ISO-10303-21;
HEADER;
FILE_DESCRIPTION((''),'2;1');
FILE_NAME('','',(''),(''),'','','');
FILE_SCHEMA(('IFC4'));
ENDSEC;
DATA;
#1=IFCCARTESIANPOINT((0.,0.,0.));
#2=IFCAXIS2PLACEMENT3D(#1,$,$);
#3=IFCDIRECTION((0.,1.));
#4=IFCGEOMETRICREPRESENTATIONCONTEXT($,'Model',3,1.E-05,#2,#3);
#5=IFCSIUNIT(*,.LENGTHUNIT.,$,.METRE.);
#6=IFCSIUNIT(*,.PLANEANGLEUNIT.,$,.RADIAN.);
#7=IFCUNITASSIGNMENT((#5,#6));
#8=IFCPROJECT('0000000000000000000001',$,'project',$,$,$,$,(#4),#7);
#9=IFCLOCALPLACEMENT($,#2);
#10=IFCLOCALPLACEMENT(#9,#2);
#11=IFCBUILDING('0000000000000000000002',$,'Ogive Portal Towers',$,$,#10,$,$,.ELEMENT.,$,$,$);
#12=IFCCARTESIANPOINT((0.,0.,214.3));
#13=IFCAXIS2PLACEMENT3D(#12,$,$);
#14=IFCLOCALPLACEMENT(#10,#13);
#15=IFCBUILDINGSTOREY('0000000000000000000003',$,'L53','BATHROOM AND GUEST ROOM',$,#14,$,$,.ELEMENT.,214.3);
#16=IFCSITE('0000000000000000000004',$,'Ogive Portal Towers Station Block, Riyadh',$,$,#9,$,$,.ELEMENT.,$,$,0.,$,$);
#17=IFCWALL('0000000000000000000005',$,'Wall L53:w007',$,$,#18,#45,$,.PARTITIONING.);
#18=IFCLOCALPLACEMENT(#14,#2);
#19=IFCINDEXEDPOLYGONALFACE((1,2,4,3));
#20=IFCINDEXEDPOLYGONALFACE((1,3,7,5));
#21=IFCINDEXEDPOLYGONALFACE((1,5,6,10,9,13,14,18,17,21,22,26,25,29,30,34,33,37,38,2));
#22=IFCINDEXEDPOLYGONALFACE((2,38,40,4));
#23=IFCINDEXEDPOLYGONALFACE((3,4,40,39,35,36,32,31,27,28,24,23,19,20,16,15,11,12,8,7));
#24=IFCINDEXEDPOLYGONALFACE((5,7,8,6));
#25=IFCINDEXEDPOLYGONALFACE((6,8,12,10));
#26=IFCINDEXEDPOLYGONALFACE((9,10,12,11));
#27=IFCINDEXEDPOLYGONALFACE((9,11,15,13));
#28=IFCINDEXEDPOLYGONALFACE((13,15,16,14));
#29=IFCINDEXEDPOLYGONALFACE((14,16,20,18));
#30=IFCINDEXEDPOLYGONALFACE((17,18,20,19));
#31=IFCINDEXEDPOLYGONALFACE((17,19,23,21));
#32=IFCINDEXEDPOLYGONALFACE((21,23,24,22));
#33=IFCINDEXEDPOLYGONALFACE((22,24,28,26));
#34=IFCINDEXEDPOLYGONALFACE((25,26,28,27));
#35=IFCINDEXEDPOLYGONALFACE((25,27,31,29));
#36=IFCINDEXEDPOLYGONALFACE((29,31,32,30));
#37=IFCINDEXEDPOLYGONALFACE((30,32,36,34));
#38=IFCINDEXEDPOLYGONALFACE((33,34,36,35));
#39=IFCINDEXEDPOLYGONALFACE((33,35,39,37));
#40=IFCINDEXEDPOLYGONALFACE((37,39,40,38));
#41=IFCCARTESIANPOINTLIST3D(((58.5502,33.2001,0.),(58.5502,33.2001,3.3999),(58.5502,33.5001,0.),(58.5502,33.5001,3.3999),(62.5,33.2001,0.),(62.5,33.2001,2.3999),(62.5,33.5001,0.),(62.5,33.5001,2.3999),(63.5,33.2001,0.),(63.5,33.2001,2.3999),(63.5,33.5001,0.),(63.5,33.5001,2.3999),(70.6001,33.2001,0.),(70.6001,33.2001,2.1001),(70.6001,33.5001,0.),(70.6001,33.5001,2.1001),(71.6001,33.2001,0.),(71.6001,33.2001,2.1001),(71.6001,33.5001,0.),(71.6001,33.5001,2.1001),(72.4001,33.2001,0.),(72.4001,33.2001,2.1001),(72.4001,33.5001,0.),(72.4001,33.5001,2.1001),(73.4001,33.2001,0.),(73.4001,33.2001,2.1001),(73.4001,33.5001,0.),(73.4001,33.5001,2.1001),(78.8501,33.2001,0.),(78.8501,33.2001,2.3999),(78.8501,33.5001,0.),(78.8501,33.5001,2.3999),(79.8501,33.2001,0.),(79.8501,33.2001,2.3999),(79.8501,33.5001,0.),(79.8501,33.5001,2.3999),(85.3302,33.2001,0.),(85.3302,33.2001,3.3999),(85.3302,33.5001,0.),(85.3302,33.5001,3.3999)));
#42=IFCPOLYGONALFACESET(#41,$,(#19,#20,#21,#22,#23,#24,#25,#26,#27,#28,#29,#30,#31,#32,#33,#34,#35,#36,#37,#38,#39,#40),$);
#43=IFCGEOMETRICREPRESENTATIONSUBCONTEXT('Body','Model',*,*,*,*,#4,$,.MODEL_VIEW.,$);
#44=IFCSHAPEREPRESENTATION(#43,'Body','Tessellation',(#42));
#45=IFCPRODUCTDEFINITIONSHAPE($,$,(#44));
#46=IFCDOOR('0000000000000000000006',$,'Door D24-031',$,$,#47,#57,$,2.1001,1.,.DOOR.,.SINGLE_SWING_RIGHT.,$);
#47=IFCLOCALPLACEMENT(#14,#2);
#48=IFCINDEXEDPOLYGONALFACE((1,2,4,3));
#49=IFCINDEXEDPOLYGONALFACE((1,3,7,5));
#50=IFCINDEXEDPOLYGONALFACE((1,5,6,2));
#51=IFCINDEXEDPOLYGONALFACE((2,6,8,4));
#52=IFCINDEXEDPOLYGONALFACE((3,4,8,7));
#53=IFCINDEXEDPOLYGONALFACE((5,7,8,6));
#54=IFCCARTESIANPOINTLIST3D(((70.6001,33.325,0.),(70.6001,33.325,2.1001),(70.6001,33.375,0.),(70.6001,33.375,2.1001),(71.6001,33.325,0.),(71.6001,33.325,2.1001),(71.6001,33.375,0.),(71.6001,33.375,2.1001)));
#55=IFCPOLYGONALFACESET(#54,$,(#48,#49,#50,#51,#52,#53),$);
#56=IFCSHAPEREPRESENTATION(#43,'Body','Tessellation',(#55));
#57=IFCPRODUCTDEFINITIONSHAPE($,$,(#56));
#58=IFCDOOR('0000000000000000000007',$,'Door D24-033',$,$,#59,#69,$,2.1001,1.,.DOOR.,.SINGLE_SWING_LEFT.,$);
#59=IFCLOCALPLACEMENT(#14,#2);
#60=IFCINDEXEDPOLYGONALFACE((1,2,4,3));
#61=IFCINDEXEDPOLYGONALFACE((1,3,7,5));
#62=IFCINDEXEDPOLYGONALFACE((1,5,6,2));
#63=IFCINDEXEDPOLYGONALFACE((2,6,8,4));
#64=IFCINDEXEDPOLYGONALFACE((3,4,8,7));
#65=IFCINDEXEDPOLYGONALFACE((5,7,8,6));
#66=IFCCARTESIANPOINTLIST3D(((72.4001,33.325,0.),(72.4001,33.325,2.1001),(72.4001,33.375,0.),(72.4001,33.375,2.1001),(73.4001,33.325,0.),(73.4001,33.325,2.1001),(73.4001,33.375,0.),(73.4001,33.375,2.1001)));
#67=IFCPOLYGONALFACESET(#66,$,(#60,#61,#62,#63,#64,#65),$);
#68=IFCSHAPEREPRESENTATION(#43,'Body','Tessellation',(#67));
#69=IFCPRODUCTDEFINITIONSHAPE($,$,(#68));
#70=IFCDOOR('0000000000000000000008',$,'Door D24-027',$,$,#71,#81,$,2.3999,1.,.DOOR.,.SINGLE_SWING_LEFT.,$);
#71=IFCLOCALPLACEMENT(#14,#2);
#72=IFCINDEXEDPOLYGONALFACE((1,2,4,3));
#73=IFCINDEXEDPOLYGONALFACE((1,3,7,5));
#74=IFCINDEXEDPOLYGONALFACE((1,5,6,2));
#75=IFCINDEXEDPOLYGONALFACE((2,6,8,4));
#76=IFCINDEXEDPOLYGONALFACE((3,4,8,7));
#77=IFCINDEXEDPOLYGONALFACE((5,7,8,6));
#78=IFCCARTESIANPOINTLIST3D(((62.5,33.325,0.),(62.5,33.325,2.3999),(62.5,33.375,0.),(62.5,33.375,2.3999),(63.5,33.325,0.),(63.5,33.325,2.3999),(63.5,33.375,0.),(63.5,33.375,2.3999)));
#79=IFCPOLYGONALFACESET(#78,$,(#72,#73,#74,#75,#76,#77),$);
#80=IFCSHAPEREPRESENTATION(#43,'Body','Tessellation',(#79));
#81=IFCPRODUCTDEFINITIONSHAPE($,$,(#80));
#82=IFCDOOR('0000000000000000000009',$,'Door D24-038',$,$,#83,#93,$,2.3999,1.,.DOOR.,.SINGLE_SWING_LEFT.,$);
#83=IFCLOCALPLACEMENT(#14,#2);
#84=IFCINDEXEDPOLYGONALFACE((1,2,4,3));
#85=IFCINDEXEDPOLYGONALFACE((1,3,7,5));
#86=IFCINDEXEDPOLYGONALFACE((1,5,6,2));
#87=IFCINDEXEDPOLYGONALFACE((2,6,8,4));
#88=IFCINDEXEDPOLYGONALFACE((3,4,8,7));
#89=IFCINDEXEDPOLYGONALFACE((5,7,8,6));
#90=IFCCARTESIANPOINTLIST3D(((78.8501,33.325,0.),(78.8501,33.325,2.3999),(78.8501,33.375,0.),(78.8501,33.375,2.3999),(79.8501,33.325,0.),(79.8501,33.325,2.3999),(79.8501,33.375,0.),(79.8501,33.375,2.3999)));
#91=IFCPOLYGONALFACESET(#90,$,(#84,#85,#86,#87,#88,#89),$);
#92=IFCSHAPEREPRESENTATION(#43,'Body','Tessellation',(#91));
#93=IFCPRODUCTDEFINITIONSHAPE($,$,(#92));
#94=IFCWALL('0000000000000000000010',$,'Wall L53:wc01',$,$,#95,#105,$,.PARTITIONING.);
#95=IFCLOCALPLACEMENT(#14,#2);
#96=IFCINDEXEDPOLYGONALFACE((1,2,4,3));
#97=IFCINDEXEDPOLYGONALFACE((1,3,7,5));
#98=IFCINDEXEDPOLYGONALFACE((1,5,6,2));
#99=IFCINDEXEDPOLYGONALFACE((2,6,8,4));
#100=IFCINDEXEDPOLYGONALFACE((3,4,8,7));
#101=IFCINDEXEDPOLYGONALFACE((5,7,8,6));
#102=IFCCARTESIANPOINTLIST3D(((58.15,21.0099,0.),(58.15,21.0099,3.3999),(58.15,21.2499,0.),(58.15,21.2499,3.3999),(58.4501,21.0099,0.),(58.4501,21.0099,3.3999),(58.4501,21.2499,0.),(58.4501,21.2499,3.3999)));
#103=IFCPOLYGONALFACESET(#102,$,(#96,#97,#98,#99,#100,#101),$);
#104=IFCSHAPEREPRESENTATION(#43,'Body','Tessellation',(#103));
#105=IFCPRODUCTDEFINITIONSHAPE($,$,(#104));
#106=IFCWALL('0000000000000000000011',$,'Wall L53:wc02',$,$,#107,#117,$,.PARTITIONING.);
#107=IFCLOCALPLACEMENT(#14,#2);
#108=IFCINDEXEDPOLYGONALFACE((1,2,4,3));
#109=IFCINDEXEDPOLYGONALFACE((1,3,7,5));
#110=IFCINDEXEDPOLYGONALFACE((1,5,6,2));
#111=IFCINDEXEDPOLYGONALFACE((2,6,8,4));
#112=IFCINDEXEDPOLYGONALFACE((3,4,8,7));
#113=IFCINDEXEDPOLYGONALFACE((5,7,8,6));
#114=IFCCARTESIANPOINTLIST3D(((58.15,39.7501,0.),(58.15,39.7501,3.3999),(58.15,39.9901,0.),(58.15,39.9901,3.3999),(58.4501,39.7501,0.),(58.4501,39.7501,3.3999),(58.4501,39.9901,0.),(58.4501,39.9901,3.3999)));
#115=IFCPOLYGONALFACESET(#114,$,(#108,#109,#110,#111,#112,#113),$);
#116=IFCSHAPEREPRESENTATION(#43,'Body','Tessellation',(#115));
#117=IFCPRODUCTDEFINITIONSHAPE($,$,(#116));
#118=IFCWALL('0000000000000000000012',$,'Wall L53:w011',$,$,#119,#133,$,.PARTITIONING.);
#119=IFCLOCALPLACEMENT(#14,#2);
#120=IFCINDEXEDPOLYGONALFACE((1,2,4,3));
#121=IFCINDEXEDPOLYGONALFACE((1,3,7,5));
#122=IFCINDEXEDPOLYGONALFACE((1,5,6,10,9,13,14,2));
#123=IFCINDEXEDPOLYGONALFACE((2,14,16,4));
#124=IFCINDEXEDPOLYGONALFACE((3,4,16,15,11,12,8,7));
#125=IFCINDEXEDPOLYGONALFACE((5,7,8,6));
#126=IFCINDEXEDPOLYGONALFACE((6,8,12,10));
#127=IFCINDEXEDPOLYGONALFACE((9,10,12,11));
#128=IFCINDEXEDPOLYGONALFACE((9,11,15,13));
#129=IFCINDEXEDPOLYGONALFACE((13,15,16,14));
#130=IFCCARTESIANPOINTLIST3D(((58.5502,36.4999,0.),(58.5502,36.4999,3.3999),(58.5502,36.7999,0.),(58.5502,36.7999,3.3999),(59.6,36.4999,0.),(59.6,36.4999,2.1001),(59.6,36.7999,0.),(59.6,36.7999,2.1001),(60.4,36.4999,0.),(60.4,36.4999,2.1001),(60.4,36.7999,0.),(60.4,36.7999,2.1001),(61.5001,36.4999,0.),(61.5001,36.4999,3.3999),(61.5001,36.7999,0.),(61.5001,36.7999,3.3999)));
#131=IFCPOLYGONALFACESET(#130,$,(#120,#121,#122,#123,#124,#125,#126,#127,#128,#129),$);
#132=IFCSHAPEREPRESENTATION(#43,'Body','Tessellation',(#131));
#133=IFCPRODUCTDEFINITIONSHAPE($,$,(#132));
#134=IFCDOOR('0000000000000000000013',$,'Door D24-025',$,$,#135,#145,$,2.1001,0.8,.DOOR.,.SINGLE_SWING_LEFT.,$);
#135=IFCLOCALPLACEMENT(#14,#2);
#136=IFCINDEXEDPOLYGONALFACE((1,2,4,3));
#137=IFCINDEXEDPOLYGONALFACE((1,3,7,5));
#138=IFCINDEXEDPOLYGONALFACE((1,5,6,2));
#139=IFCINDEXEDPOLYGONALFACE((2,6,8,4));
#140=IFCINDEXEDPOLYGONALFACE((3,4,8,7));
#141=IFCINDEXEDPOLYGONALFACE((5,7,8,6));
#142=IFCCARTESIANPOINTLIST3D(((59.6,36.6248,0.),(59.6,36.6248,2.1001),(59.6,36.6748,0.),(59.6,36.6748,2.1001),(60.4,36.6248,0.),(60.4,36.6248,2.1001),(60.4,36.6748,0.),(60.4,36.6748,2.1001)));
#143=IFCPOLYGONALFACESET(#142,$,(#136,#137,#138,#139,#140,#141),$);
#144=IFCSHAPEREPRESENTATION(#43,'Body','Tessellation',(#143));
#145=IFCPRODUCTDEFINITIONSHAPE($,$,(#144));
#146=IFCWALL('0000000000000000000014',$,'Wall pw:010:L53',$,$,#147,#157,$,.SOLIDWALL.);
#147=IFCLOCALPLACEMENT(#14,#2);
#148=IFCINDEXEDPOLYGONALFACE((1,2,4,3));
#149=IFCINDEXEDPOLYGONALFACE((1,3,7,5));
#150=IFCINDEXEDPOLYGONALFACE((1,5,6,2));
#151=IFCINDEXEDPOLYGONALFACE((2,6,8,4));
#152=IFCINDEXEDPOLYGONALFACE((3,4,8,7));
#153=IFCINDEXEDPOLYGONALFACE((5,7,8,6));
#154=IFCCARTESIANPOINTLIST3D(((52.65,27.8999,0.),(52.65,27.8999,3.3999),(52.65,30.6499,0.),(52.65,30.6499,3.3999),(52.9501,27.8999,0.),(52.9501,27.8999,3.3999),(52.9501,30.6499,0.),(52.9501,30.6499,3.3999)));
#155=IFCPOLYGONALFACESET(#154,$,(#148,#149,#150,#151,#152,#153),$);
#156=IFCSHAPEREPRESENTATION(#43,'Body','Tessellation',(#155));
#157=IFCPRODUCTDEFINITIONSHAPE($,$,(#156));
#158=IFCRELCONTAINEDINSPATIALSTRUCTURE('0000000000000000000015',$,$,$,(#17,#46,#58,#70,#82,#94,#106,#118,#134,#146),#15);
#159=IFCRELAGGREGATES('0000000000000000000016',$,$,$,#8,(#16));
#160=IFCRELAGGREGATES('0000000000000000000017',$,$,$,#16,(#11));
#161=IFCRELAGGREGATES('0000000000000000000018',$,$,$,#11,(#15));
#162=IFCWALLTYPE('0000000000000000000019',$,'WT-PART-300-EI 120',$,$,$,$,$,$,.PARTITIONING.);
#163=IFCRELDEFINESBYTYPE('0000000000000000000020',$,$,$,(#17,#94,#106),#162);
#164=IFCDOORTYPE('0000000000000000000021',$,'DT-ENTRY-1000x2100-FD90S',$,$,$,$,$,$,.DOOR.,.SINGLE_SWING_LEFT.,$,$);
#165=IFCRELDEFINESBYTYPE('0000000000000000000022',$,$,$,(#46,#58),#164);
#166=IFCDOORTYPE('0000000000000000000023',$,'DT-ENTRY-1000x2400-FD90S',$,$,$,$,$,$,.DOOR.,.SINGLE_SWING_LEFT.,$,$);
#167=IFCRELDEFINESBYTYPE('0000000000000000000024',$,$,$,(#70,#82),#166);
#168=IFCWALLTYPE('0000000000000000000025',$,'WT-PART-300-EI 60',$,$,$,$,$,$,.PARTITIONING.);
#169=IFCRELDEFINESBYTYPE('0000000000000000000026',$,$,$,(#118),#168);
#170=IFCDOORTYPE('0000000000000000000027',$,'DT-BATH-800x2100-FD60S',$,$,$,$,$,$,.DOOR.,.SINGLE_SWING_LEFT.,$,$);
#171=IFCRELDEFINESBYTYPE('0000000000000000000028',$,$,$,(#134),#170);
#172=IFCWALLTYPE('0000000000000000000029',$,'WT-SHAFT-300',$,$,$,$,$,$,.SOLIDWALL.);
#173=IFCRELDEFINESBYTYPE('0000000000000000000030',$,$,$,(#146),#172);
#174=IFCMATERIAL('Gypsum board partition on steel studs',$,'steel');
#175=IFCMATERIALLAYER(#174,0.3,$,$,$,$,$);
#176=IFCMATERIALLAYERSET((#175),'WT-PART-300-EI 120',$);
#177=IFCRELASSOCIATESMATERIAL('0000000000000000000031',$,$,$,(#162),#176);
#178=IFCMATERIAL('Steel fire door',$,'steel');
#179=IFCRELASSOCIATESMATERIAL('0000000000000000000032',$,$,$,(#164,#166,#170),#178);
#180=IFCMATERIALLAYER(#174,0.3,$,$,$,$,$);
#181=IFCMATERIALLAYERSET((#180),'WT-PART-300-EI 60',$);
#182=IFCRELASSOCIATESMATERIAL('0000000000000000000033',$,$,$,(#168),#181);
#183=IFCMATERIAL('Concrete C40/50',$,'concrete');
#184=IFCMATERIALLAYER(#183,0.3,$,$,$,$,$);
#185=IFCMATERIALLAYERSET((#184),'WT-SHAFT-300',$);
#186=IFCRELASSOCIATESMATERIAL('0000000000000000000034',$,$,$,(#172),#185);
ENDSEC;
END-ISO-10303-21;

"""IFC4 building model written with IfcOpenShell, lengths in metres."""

from ifc_helpers import new_model, si_unit, direction, frame, frame_2d, origin, place, context, subcontext, project, spatial, rectangle, extrude, material, layer, layer_set, type_object, element, fill, save


model = new_model("IFC4")

# Units and contexts
model_context = context("Model", 3, precision=1e-05, world=origin(), true_north=direction((0.0, 1.0)))
body_context = subcontext(model_context, "Body", "Model", "MODEL_VIEW")
ifc_project = project(units=[si_unit("LENGTHUNIT", "METRE"), si_unit("PLANEANGLEUNIT", "RADIAN")], contexts=[model_context])

# Site, building, storey
site_placement = place(None, origin())
site = spatial("IfcSite", under=ifc_project, at=site_placement, Name="Ogive Portal Towers Station Block, Riyadh", CompositionType="ELEMENT", RefElevation=0.0)
building_placement = place(site_placement, origin())
building = spatial("IfcBuilding", under=site, at=building_placement, Name="Ogive Portal Towers", CompositionType="ELEMENT")
storey_placement = place(building_placement, frame((0.0, 0.0, 214.3)))
storey = spatial("IfcBuildingStorey", under=building, at=storey_placement, Name="L53", Description="BATHROOM AND GUEST ROOM", CompositionType="ELEMENT", Elevation=214.3)

# Shared definitions
ifc_material_1 = material(Name="Steel fire door", Category="steel")

# Wall, openings, doors
ifc_material_2 = material(Name="Gypsum board partition on steel studs", Category="steel")
ifc_layer_1 = layer(ifc_material_2, 0.3)
ifc_layer_set_1 = layer_set([ifc_layer_1], Name="WT-PART-300-EI 120")
wall_type_1 = type_object("IfcWallType", Name="WT-PART-300-EI 120", PredefinedType="PARTITIONING", material=ifc_layer_set_1)
door_type_1 = type_object("IfcDoorType", Name="DT-ENTRY-1000x2100-FD90S", OperationType="SINGLE_SWING_LEFT", PredefinedType="DOOR", material=ifc_material_1)
door_type_2 = type_object("IfcDoorType", Name="DT-ENTRY-1000x2400-FD90S", OperationType="SINGLE_SWING_LEFT", PredefinedType="DOOR", material=ifc_material_1)
wall_1_placement = place(storey_placement, frame((58.55, 33.3501, 0.0), z_axis=(0.0, 0.0, 1.0), x_axis=(1.0, 0.0, 0.0)))
wall_1 = element("IfcWall", 1, at=wall_1_placement, inside=storey, type_object=wall_type_1, Name="Wall L53:w007", PredefinedType="PARTITIONING", context=body_context, shape_type="SweptSolid", body=[
    extrude(rectangle(XDim=26.78, YDim=0.3, at=frame_2d((13.3901, 0.0))), origin(), (0.0, 0.0, 1.0), 3.3999),
])
opening_1_placement = place(wall_1_placement, frame((3.95, 0.0, 0.0)))
opening_1 = element("IfcOpeningElement", 2, at=opening_1_placement, cuts=wall_1, PredefinedType="OPENING", context=body_context, shape_type="SweptSolid", body=[
    extrude(rectangle(XDim=1.0, YDim=2.3999, at=frame_2d((0.5, 1.2))), frame((0.0, 0.1602, 0.0), z_axis=(0.0, -1.0, 0.0), x_axis=(1.0, 0.0, 0.0)), (0.0, 0.0, 1.0), 0.3201),
])
opening_2_placement = place(wall_1_placement, frame((12.05, 0.0, 0.0)))
opening_2 = element("IfcOpeningElement", 3, at=opening_2_placement, cuts=wall_1, PredefinedType="OPENING", context=body_context, shape_type="SweptSolid", body=[
    extrude(rectangle(XDim=1.0, YDim=2.1001, at=frame_2d((0.5, 1.05))), frame((0.0, 0.1602, 0.0), z_axis=(0.0, -1.0, 0.0), x_axis=(1.0, 0.0, 0.0)), (0.0, 0.0, 1.0), 0.3201),
])
opening_3_placement = place(wall_1_placement, frame((13.8501, 0.0, 0.0)))
opening_3 = element("IfcOpeningElement", 4, at=opening_3_placement, cuts=wall_1, PredefinedType="OPENING", context=body_context, shape_type="SweptSolid", body=[
    extrude(rectangle(XDim=1.0, YDim=2.1001, at=frame_2d((0.5, 1.05))), frame((0.0, 0.1602, 0.0), z_axis=(0.0, -1.0, 0.0), x_axis=(1.0, 0.0, 0.0)), (0.0, 0.0, 1.0), 0.3201),
])
opening_4_placement = place(wall_1_placement, frame((20.3, 0.0, 0.0)))
opening_4 = element("IfcOpeningElement", 5, at=opening_4_placement, cuts=wall_1, PredefinedType="OPENING", context=body_context, shape_type="SweptSolid", body=[
    extrude(rectangle(XDim=1.0, YDim=2.3999, at=frame_2d((0.5, 1.2))), frame((0.0, 0.1602, 0.0), z_axis=(0.0, -1.0, 0.0), x_axis=(1.0, 0.0, 0.0)), (0.0, 0.0, 1.0), 0.3201),
])
door_1_placement = place(opening_2_placement, origin())
door_1 = element("IfcDoor", 6, at=door_1_placement, inside=storey, type_object=door_type_1, Name="Door D24-031", OperationType="SINGLE_SWING_RIGHT", OverallHeight=2.1001, OverallWidth=1.0, PredefinedType="DOOR", context=body_context, shape_type="SweptSolid", body=[
    extrude(rectangle(XDim=1.0, YDim=2.1001, at=frame_2d((0.5, 1.05))), frame((0.0, 0.0249, 0.0), z_axis=(0.0, -1.0, 0.0), x_axis=(1.0, 0.0, 0.0)), (0.0, 0.0, 1.0), 0.05),
])
fill(opening_2, door_1)
door_2_placement = place(opening_3_placement, origin())
door_2 = element("IfcDoor", 7, at=door_2_placement, inside=storey, type_object=door_type_1, Name="Door D24-033", OperationType="SINGLE_SWING_LEFT", OverallHeight=2.1001, OverallWidth=1.0, PredefinedType="DOOR", context=body_context, shape_type="SweptSolid", body=[
    extrude(rectangle(XDim=1.0, YDim=2.1001, at=frame_2d((0.5, 1.05))), frame((0.0, 0.0249, 0.0), z_axis=(0.0, -1.0, 0.0), x_axis=(1.0, 0.0, 0.0)), (0.0, 0.0, 1.0), 0.05),
])
fill(opening_3, door_2)
door_3_placement = place(opening_1_placement, origin())
door_3 = element("IfcDoor", 8, at=door_3_placement, inside=storey, type_object=door_type_2, Name="Door D24-027", OperationType="SINGLE_SWING_LEFT", OverallHeight=2.3999, OverallWidth=1.0, PredefinedType="DOOR", context=body_context, shape_type="SweptSolid", body=[
    extrude(rectangle(XDim=1.0, YDim=2.3999, at=frame_2d((0.5, 1.2))), frame((0.0, 0.0249, 0.0), z_axis=(0.0, -1.0, 0.0), x_axis=(1.0, 0.0, 0.0)), (0.0, 0.0, 1.0), 0.05),
])
fill(opening_1, door_3)
door_4_placement = place(opening_4_placement, origin())
door_4 = element("IfcDoor", 9, at=door_4_placement, inside=storey, type_object=door_type_2, Name="Door D24-038", OperationType="SINGLE_SWING_LEFT", OverallHeight=2.3999, OverallWidth=1.0, PredefinedType="DOOR", context=body_context, shape_type="SweptSolid", body=[
    extrude(rectangle(XDim=1.0, YDim=2.3999, at=frame_2d((0.5, 1.2))), frame((0.0, 0.0249, 0.0), z_axis=(0.0, -1.0, 0.0), x_axis=(1.0, 0.0, 0.0)), (0.0, 0.0, 1.0), 0.05),
])
fill(opening_4, door_4)

# Walls
for number, where, z_axis, x_axis, name in (
    (10, (58.3, 21.25, 0.0), (0.0, 0.0, 1.0), (0.0, -1.0, 0.0), "Wall L53:wc01"),
    (11, (58.3, 39.75, 0.0), (0.0, 0.0, 1.0), (0.0, 1.0, 0.0), "Wall L53:wc02"),
):
    element("IfcWall", number, at=place(storey_placement, frame(where, z_axis=z_axis, x_axis=x_axis)), inside=storey, type_object=wall_type_1, Name=name, PredefinedType="PARTITIONING", context=body_context, shape_type="SweptSolid", body=[
        extrude(rectangle(XDim=0.24, YDim=0.3, at=frame_2d((0.1201, 0.0))), origin(), (0.0, 0.0, 1.0), 3.3999),
    ])

# Wall, opening, door
ifc_layer_2 = layer(ifc_material_2, 0.3)
ifc_layer_set_2 = layer_set([ifc_layer_2], Name="WT-PART-300-EI 60")
wall_type_2 = type_object("IfcWallType", Name="WT-PART-300-EI 60", PredefinedType="PARTITIONING", material=ifc_layer_set_2)
wall_2_placement = place(storey_placement, frame((58.55, 36.6499, 0.0), z_axis=(0.0, 0.0, 1.0), x_axis=(1.0, 0.0, 0.0)))
wall_2 = element("IfcWall", 12, at=wall_2_placement, inside=storey, type_object=wall_type_2, Name="Wall L53:w011", PredefinedType="PARTITIONING", context=body_context, shape_type="SweptSolid", body=[
    extrude(rectangle(XDim=2.95, YDim=0.3, at=frame_2d((1.4751, 0.0))), origin(), (0.0, 0.0, 1.0), 3.3999),
])
opening_5_placement = place(wall_2_placement, frame((1.05, 0.0, 0.0)))
opening_5 = element("IfcOpeningElement", 13, at=opening_5_placement, cuts=wall_2, PredefinedType="OPENING", context=body_context, shape_type="SweptSolid", body=[
    extrude(rectangle(XDim=0.8, YDim=2.1001, at=frame_2d((0.3999, 1.05))), frame((0.0, 0.1602, 0.0), z_axis=(0.0, -1.0, 0.0), x_axis=(1.0, 0.0, 0.0)), (0.0, 0.0, 1.0), 0.3201),
])
door_type_3 = type_object("IfcDoorType", Name="DT-BATH-800x2100-FD60S", OperationType="SINGLE_SWING_LEFT", PredefinedType="DOOR", material=ifc_material_1)
door_5_placement = place(opening_5_placement, origin())
door_5 = element("IfcDoor", 14, at=door_5_placement, inside=storey, type_object=door_type_3, Name="Door D24-025", OperationType="SINGLE_SWING_LEFT", OverallHeight=2.1001, OverallWidth=0.8, PredefinedType="DOOR", context=body_context, shape_type="SweptSolid", body=[
    extrude(rectangle(XDim=0.8, YDim=2.1001, at=frame_2d((0.3999, 1.05))), frame((0.0, 0.0249, 0.0), z_axis=(0.0, -1.0, 0.0), x_axis=(1.0, 0.0, 0.0)), (0.0, 0.0, 1.0), 0.05),
])
fill(opening_5, door_5)

# Wall
ifc_material_3 = material(Name="Concrete C40/50", Category="concrete")
ifc_layer_3 = layer(ifc_material_3, 0.3)
ifc_layer_set_3 = layer_set([ifc_layer_3], Name="WT-SHAFT-300")
wall_type_3 = type_object("IfcWallType", Name="WT-SHAFT-300", PredefinedType="SOLIDWALL", material=ifc_layer_set_3)
wall_3_placement = place(storey_placement, frame((52.8, 27.8999, 0.0), z_axis=(0.0, 0.0, 1.0), x_axis=(0.0, 1.0, 0.0)))
element("IfcWall", 15, at=wall_3_placement, inside=storey, type_object=wall_type_3, Name="Wall pw:010:L53", PredefinedType="SOLIDWALL", context=body_context, shape_type="SweptSolid", body=[
    extrude(rectangle(XDim=2.75, YDim=0.3, at=frame_2d((1.375, 0.0))), origin(), (0.0, 0.0, 1.0), 3.3999),
])

save(model, "model.ifc")
